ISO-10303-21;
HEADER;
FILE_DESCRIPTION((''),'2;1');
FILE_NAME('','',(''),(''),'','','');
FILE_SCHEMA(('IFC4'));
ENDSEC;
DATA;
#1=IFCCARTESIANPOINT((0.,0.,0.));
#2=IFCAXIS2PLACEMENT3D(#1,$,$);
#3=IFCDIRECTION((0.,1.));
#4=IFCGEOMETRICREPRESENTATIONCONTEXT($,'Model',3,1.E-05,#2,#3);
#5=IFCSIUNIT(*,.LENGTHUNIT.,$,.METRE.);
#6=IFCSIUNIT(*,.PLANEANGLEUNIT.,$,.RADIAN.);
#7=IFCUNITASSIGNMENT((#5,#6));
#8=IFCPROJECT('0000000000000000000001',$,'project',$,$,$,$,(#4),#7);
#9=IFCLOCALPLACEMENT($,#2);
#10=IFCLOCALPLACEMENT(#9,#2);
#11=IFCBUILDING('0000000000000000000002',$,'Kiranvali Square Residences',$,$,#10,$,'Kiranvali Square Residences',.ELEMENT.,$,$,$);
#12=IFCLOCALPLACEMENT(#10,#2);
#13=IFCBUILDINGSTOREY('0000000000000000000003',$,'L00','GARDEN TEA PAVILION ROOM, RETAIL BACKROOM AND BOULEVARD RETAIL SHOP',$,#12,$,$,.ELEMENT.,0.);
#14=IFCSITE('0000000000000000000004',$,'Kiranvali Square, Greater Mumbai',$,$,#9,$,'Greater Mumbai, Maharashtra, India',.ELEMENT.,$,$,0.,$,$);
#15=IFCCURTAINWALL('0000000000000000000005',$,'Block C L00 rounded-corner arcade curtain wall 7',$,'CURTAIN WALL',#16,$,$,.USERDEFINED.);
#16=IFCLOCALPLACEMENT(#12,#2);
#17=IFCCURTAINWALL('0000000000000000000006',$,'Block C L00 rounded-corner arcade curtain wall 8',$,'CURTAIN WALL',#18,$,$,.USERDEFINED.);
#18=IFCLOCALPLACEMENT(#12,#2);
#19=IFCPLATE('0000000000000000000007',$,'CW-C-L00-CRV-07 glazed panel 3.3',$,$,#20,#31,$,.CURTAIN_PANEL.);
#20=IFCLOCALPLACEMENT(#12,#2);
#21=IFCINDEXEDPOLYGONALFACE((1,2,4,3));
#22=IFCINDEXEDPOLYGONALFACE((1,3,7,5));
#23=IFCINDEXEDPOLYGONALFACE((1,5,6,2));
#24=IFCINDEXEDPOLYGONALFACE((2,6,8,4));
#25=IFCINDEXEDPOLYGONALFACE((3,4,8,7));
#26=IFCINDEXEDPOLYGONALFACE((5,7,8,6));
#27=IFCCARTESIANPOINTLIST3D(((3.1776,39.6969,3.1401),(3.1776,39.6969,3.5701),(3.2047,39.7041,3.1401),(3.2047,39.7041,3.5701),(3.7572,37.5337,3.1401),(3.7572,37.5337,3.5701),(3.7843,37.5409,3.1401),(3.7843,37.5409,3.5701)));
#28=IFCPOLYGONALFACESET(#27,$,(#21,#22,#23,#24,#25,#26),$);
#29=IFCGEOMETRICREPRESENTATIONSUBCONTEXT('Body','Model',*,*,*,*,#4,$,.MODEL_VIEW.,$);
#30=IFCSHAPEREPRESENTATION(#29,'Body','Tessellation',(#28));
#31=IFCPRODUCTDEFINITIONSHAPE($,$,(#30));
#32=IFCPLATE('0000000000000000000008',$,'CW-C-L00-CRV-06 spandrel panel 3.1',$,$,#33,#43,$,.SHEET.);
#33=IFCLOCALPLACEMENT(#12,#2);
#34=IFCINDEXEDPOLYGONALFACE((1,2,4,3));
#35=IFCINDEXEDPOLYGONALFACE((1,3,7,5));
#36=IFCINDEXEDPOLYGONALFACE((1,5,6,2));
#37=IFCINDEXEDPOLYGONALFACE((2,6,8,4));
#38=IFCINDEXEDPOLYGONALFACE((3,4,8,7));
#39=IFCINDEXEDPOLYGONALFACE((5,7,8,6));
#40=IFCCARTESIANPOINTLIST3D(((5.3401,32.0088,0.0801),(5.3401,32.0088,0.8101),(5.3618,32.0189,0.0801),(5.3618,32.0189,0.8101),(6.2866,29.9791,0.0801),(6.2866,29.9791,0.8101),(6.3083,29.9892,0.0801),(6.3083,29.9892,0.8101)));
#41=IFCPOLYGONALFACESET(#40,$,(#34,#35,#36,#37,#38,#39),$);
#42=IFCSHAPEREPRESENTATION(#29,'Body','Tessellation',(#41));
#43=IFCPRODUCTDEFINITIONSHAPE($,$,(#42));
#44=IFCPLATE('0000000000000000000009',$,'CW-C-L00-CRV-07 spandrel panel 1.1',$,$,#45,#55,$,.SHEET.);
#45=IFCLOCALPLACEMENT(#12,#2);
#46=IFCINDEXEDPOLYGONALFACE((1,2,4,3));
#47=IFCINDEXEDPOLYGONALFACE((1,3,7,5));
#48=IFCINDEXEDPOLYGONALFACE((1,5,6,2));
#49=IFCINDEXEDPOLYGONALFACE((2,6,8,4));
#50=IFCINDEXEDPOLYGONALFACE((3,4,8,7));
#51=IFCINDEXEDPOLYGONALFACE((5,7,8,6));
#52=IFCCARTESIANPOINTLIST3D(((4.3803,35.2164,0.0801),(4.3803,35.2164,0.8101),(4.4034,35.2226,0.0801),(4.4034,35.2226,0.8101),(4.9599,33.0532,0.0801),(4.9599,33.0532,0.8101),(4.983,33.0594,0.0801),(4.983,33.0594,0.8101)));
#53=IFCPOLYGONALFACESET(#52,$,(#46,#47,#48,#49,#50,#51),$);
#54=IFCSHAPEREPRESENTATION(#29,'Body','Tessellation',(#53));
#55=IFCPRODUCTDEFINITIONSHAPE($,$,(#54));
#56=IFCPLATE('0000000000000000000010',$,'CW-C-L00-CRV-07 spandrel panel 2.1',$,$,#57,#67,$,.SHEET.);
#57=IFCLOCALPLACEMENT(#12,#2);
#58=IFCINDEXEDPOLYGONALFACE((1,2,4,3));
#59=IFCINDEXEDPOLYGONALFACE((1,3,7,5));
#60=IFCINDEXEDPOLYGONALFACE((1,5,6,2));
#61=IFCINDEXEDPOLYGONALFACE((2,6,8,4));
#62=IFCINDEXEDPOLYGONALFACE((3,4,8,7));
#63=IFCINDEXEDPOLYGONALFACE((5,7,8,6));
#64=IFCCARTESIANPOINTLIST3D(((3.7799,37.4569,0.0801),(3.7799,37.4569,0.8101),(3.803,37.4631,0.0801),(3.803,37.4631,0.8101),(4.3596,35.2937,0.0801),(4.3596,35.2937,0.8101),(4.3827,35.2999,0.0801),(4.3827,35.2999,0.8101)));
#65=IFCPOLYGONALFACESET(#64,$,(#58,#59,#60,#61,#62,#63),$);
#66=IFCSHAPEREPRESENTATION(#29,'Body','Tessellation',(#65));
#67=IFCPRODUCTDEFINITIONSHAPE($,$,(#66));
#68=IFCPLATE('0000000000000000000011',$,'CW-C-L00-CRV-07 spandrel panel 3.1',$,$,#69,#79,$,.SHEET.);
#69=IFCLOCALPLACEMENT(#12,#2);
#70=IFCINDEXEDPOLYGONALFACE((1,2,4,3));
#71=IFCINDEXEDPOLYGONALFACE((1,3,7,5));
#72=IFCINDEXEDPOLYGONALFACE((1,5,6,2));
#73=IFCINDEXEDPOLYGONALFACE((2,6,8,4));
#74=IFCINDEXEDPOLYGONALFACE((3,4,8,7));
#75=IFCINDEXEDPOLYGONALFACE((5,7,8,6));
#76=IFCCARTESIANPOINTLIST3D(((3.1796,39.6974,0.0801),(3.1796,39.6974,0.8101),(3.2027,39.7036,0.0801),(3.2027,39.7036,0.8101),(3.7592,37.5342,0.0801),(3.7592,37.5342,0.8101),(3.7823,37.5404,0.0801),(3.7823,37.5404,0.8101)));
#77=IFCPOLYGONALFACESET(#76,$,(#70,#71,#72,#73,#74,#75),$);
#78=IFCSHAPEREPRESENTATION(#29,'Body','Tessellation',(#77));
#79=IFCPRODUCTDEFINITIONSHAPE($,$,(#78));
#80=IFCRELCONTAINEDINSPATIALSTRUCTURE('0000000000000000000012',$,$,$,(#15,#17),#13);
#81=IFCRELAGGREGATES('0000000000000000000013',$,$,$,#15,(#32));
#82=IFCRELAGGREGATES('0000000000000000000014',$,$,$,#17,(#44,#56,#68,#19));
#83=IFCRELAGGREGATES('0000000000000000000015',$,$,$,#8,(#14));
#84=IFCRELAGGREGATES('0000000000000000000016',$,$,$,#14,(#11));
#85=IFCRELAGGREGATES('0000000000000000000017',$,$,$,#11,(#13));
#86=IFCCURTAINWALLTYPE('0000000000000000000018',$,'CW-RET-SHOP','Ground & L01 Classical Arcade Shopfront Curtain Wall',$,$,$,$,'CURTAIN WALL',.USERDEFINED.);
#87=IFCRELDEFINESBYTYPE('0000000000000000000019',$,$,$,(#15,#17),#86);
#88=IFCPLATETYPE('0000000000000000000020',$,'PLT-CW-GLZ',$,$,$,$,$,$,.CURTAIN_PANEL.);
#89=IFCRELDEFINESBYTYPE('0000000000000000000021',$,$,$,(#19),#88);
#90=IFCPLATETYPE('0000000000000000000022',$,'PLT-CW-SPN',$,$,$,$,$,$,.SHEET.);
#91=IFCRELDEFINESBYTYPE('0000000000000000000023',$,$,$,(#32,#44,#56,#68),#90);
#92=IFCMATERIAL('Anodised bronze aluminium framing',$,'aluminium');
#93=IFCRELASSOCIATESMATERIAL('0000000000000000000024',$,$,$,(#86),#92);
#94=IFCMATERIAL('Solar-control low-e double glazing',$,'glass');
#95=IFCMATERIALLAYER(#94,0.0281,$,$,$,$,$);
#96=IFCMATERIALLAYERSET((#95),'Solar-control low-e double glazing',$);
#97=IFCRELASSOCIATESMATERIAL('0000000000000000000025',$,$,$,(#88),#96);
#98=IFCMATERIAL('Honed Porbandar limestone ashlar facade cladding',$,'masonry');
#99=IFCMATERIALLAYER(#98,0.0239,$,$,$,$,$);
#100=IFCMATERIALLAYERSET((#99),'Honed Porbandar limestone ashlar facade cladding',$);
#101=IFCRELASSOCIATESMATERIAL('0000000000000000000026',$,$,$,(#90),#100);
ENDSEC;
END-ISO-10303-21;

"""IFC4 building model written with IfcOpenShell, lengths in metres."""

from ifc_helpers import new_model, si_unit, direction, frame, origin, origin_2d, place, context, subcontext, project, spatial, rectangle, extrude, material, layer, layer_set, type_object, element, aggregate, save


model = new_model("IFC4")

# Units and contexts
model_context = context("Model", 3, precision=1e-05, world=origin(), true_north=direction((0.0, 1.0)))
body_context = subcontext(model_context, "Body", "Model", "MODEL_VIEW")
ifc_project = project(units=[si_unit("LENGTHUNIT", "METRE"), si_unit("PLANEANGLEUNIT", "RADIAN")], contexts=[model_context])

# Site, building, storey
site_placement = place(None, origin())
site = spatial("IfcSite", under=ifc_project, at=site_placement, Name="Kiranvali Square, Greater Mumbai", LongName="Greater Mumbai, Maharashtra, India", CompositionType="ELEMENT", RefElevation=0.0)
building_placement = place(site_placement, origin())
building = spatial("IfcBuilding", under=site, at=building_placement, Name="Kiranvali Square Residences", LongName="Kiranvali Square Residences", CompositionType="ELEMENT")
storey_placement = place(building_placement, origin())
storey = spatial("IfcBuildingStorey", under=building, at=storey_placement, Name="L00", Description="GARDEN TEA PAVILION ROOM, RETAIL BACKROOM AND BOULEVARD RETAIL SHOP", CompositionType="ELEMENT", Elevation=0.0)

# Curtain walls
ifc_material_1 = material(Name="Anodised bronze aluminium framing", Category="aluminium")
curtain_wall_type = type_object("IfcCurtainWallType", Name="CW-RET-SHOP", Description="Ground & L01 Classical Arcade Shopfront Curtain Wall", ElementType="CURTAIN WALL", PredefinedType="USERDEFINED", material=ifc_material_1)
curtain_wall_1_placement = place(storey_placement, origin())
curtain_wall_1 = element("IfcCurtainWall", 1, at=curtain_wall_1_placement, inside=storey, type_object=curtain_wall_type, Name="Block C L00 rounded-corner arcade curtain wall 7", ObjectType="CURTAIN WALL", PredefinedType="USERDEFINED")
curtain_wall_2_placement = place(storey_placement, origin())
curtain_wall_2 = element("IfcCurtainWall", 2, at=curtain_wall_2_placement, inside=storey, type_object=curtain_wall_type, Name="Block C L00 rounded-corner arcade curtain wall 8", ObjectType="CURTAIN WALL", PredefinedType="USERDEFINED")

# Plates
ifc_material_2 = material(Name="Solar-control low-e double glazing", Category="glass")
ifc_layer_1 = layer(ifc_material_2, 0.0281)
ifc_layer_set_1 = layer_set([ifc_layer_1], Name="Solar-control low-e double glazing")
plate_type_1 = type_object("IfcPlateType", Name="PLT-CW-GLZ", PredefinedType="CURTAIN_PANEL", material=ifc_layer_set_1)
plate_1_placement = place(storey_placement, frame((3.481, 38.6189, 3.1401), z_axis=(0.0, 0.0, 1.0), x_axis=(-0.258819, 0.965926, 0.0)))
plate_1 = element("IfcPlate", 3, at=plate_1_placement, type_object=plate_type_1, Name="CW-C-L00-CRV-07 glazed panel 3.3", PredefinedType="CURTAIN_PANEL", context=body_context, shape_type="SweptSolid", body=[
    extrude(rectangle(XDim=2.2395, YDim=0.0281, at=origin_2d()), origin(), (0.0, 0.0, 1.0), 0.4299),
])
ifc_material_3 = material(Name="Honed Porbandar limestone ashlar facade cladding", Category="masonry")
ifc_layer_2 = layer(ifc_material_3, 0.0239)
ifc_layer_set_2 = layer_set([ifc_layer_2], Name="Honed Porbandar limestone ashlar facade cladding")
plate_type_2 = type_object("IfcPlateType", Name="PLT-CW-SPN", PredefinedType="SHEET", material=ifc_layer_set_2)
plate_2_placement = place(storey_placement, frame((5.8242, 30.999, 0.0801), z_axis=(0.0, 0.0, 1.0), x_axis=(-0.422618, 0.906308, 0.0)))
plate_2 = element("IfcPlate", 4, at=plate_2_placement, type_object=plate_type_2, Name="CW-C-L00-CRV-06 spandrel panel 3.1", PredefinedType="SHEET", context=body_context, shape_type="SweptSolid", body=[
    extrude(rectangle(XDim=2.2395, YDim=0.0239, at=origin_2d()), origin(), (0.0, 0.0, 1.0), 0.73),
])
aggregate(curtain_wall_1, [plate_2])
plate_3_placement = place(storey_placement, frame((4.6816, 34.1379, 0.0801), z_axis=(0.0, 0.0, 1.0), x_axis=(-0.258819, 0.965926, 0.0)))
plate_3 = element("IfcPlate", 5, at=plate_3_placement, type_object=plate_type_2, Name="CW-C-L00-CRV-07 spandrel panel 1.1", PredefinedType="SHEET", context=body_context, shape_type="SweptSolid", body=[
    extrude(rectangle(XDim=2.2395, YDim=0.0239, at=origin_2d()), origin(), (0.0, 0.0, 1.0), 0.73),
])
plate_4_placement = place(storey_placement, frame((4.0813, 36.3784, 0.0801), z_axis=(0.0, 0.0, 1.0), x_axis=(-0.258819, 0.965926, 0.0)))
plate_4 = element("IfcPlate", 6, at=plate_4_placement, type_object=plate_type_2, Name="CW-C-L00-CRV-07 spandrel panel 2.1", PredefinedType="SHEET", context=body_context, shape_type="SweptSolid", body=[
    extrude(rectangle(XDim=2.2395, YDim=0.0239, at=origin_2d()), origin(), (0.0, 0.0, 1.0), 0.73),
])
plate_5_placement = place(storey_placement, frame((3.481, 38.6189, 0.0801), z_axis=(0.0, 0.0, 1.0), x_axis=(-0.258819, 0.965926, 0.0)))
plate_5 = element("IfcPlate", 7, at=plate_5_placement, type_object=plate_type_2, Name="CW-C-L00-CRV-07 spandrel panel 3.1", PredefinedType="SHEET", context=body_context, shape_type="SweptSolid", body=[
    extrude(rectangle(XDim=2.2395, YDim=0.0239, at=origin_2d()), origin(), (0.0, 0.0, 1.0), 0.73),
])
aggregate(curtain_wall_2, [plate_3, plate_4, plate_5, plate_1])

save(model, "model.ifc")
